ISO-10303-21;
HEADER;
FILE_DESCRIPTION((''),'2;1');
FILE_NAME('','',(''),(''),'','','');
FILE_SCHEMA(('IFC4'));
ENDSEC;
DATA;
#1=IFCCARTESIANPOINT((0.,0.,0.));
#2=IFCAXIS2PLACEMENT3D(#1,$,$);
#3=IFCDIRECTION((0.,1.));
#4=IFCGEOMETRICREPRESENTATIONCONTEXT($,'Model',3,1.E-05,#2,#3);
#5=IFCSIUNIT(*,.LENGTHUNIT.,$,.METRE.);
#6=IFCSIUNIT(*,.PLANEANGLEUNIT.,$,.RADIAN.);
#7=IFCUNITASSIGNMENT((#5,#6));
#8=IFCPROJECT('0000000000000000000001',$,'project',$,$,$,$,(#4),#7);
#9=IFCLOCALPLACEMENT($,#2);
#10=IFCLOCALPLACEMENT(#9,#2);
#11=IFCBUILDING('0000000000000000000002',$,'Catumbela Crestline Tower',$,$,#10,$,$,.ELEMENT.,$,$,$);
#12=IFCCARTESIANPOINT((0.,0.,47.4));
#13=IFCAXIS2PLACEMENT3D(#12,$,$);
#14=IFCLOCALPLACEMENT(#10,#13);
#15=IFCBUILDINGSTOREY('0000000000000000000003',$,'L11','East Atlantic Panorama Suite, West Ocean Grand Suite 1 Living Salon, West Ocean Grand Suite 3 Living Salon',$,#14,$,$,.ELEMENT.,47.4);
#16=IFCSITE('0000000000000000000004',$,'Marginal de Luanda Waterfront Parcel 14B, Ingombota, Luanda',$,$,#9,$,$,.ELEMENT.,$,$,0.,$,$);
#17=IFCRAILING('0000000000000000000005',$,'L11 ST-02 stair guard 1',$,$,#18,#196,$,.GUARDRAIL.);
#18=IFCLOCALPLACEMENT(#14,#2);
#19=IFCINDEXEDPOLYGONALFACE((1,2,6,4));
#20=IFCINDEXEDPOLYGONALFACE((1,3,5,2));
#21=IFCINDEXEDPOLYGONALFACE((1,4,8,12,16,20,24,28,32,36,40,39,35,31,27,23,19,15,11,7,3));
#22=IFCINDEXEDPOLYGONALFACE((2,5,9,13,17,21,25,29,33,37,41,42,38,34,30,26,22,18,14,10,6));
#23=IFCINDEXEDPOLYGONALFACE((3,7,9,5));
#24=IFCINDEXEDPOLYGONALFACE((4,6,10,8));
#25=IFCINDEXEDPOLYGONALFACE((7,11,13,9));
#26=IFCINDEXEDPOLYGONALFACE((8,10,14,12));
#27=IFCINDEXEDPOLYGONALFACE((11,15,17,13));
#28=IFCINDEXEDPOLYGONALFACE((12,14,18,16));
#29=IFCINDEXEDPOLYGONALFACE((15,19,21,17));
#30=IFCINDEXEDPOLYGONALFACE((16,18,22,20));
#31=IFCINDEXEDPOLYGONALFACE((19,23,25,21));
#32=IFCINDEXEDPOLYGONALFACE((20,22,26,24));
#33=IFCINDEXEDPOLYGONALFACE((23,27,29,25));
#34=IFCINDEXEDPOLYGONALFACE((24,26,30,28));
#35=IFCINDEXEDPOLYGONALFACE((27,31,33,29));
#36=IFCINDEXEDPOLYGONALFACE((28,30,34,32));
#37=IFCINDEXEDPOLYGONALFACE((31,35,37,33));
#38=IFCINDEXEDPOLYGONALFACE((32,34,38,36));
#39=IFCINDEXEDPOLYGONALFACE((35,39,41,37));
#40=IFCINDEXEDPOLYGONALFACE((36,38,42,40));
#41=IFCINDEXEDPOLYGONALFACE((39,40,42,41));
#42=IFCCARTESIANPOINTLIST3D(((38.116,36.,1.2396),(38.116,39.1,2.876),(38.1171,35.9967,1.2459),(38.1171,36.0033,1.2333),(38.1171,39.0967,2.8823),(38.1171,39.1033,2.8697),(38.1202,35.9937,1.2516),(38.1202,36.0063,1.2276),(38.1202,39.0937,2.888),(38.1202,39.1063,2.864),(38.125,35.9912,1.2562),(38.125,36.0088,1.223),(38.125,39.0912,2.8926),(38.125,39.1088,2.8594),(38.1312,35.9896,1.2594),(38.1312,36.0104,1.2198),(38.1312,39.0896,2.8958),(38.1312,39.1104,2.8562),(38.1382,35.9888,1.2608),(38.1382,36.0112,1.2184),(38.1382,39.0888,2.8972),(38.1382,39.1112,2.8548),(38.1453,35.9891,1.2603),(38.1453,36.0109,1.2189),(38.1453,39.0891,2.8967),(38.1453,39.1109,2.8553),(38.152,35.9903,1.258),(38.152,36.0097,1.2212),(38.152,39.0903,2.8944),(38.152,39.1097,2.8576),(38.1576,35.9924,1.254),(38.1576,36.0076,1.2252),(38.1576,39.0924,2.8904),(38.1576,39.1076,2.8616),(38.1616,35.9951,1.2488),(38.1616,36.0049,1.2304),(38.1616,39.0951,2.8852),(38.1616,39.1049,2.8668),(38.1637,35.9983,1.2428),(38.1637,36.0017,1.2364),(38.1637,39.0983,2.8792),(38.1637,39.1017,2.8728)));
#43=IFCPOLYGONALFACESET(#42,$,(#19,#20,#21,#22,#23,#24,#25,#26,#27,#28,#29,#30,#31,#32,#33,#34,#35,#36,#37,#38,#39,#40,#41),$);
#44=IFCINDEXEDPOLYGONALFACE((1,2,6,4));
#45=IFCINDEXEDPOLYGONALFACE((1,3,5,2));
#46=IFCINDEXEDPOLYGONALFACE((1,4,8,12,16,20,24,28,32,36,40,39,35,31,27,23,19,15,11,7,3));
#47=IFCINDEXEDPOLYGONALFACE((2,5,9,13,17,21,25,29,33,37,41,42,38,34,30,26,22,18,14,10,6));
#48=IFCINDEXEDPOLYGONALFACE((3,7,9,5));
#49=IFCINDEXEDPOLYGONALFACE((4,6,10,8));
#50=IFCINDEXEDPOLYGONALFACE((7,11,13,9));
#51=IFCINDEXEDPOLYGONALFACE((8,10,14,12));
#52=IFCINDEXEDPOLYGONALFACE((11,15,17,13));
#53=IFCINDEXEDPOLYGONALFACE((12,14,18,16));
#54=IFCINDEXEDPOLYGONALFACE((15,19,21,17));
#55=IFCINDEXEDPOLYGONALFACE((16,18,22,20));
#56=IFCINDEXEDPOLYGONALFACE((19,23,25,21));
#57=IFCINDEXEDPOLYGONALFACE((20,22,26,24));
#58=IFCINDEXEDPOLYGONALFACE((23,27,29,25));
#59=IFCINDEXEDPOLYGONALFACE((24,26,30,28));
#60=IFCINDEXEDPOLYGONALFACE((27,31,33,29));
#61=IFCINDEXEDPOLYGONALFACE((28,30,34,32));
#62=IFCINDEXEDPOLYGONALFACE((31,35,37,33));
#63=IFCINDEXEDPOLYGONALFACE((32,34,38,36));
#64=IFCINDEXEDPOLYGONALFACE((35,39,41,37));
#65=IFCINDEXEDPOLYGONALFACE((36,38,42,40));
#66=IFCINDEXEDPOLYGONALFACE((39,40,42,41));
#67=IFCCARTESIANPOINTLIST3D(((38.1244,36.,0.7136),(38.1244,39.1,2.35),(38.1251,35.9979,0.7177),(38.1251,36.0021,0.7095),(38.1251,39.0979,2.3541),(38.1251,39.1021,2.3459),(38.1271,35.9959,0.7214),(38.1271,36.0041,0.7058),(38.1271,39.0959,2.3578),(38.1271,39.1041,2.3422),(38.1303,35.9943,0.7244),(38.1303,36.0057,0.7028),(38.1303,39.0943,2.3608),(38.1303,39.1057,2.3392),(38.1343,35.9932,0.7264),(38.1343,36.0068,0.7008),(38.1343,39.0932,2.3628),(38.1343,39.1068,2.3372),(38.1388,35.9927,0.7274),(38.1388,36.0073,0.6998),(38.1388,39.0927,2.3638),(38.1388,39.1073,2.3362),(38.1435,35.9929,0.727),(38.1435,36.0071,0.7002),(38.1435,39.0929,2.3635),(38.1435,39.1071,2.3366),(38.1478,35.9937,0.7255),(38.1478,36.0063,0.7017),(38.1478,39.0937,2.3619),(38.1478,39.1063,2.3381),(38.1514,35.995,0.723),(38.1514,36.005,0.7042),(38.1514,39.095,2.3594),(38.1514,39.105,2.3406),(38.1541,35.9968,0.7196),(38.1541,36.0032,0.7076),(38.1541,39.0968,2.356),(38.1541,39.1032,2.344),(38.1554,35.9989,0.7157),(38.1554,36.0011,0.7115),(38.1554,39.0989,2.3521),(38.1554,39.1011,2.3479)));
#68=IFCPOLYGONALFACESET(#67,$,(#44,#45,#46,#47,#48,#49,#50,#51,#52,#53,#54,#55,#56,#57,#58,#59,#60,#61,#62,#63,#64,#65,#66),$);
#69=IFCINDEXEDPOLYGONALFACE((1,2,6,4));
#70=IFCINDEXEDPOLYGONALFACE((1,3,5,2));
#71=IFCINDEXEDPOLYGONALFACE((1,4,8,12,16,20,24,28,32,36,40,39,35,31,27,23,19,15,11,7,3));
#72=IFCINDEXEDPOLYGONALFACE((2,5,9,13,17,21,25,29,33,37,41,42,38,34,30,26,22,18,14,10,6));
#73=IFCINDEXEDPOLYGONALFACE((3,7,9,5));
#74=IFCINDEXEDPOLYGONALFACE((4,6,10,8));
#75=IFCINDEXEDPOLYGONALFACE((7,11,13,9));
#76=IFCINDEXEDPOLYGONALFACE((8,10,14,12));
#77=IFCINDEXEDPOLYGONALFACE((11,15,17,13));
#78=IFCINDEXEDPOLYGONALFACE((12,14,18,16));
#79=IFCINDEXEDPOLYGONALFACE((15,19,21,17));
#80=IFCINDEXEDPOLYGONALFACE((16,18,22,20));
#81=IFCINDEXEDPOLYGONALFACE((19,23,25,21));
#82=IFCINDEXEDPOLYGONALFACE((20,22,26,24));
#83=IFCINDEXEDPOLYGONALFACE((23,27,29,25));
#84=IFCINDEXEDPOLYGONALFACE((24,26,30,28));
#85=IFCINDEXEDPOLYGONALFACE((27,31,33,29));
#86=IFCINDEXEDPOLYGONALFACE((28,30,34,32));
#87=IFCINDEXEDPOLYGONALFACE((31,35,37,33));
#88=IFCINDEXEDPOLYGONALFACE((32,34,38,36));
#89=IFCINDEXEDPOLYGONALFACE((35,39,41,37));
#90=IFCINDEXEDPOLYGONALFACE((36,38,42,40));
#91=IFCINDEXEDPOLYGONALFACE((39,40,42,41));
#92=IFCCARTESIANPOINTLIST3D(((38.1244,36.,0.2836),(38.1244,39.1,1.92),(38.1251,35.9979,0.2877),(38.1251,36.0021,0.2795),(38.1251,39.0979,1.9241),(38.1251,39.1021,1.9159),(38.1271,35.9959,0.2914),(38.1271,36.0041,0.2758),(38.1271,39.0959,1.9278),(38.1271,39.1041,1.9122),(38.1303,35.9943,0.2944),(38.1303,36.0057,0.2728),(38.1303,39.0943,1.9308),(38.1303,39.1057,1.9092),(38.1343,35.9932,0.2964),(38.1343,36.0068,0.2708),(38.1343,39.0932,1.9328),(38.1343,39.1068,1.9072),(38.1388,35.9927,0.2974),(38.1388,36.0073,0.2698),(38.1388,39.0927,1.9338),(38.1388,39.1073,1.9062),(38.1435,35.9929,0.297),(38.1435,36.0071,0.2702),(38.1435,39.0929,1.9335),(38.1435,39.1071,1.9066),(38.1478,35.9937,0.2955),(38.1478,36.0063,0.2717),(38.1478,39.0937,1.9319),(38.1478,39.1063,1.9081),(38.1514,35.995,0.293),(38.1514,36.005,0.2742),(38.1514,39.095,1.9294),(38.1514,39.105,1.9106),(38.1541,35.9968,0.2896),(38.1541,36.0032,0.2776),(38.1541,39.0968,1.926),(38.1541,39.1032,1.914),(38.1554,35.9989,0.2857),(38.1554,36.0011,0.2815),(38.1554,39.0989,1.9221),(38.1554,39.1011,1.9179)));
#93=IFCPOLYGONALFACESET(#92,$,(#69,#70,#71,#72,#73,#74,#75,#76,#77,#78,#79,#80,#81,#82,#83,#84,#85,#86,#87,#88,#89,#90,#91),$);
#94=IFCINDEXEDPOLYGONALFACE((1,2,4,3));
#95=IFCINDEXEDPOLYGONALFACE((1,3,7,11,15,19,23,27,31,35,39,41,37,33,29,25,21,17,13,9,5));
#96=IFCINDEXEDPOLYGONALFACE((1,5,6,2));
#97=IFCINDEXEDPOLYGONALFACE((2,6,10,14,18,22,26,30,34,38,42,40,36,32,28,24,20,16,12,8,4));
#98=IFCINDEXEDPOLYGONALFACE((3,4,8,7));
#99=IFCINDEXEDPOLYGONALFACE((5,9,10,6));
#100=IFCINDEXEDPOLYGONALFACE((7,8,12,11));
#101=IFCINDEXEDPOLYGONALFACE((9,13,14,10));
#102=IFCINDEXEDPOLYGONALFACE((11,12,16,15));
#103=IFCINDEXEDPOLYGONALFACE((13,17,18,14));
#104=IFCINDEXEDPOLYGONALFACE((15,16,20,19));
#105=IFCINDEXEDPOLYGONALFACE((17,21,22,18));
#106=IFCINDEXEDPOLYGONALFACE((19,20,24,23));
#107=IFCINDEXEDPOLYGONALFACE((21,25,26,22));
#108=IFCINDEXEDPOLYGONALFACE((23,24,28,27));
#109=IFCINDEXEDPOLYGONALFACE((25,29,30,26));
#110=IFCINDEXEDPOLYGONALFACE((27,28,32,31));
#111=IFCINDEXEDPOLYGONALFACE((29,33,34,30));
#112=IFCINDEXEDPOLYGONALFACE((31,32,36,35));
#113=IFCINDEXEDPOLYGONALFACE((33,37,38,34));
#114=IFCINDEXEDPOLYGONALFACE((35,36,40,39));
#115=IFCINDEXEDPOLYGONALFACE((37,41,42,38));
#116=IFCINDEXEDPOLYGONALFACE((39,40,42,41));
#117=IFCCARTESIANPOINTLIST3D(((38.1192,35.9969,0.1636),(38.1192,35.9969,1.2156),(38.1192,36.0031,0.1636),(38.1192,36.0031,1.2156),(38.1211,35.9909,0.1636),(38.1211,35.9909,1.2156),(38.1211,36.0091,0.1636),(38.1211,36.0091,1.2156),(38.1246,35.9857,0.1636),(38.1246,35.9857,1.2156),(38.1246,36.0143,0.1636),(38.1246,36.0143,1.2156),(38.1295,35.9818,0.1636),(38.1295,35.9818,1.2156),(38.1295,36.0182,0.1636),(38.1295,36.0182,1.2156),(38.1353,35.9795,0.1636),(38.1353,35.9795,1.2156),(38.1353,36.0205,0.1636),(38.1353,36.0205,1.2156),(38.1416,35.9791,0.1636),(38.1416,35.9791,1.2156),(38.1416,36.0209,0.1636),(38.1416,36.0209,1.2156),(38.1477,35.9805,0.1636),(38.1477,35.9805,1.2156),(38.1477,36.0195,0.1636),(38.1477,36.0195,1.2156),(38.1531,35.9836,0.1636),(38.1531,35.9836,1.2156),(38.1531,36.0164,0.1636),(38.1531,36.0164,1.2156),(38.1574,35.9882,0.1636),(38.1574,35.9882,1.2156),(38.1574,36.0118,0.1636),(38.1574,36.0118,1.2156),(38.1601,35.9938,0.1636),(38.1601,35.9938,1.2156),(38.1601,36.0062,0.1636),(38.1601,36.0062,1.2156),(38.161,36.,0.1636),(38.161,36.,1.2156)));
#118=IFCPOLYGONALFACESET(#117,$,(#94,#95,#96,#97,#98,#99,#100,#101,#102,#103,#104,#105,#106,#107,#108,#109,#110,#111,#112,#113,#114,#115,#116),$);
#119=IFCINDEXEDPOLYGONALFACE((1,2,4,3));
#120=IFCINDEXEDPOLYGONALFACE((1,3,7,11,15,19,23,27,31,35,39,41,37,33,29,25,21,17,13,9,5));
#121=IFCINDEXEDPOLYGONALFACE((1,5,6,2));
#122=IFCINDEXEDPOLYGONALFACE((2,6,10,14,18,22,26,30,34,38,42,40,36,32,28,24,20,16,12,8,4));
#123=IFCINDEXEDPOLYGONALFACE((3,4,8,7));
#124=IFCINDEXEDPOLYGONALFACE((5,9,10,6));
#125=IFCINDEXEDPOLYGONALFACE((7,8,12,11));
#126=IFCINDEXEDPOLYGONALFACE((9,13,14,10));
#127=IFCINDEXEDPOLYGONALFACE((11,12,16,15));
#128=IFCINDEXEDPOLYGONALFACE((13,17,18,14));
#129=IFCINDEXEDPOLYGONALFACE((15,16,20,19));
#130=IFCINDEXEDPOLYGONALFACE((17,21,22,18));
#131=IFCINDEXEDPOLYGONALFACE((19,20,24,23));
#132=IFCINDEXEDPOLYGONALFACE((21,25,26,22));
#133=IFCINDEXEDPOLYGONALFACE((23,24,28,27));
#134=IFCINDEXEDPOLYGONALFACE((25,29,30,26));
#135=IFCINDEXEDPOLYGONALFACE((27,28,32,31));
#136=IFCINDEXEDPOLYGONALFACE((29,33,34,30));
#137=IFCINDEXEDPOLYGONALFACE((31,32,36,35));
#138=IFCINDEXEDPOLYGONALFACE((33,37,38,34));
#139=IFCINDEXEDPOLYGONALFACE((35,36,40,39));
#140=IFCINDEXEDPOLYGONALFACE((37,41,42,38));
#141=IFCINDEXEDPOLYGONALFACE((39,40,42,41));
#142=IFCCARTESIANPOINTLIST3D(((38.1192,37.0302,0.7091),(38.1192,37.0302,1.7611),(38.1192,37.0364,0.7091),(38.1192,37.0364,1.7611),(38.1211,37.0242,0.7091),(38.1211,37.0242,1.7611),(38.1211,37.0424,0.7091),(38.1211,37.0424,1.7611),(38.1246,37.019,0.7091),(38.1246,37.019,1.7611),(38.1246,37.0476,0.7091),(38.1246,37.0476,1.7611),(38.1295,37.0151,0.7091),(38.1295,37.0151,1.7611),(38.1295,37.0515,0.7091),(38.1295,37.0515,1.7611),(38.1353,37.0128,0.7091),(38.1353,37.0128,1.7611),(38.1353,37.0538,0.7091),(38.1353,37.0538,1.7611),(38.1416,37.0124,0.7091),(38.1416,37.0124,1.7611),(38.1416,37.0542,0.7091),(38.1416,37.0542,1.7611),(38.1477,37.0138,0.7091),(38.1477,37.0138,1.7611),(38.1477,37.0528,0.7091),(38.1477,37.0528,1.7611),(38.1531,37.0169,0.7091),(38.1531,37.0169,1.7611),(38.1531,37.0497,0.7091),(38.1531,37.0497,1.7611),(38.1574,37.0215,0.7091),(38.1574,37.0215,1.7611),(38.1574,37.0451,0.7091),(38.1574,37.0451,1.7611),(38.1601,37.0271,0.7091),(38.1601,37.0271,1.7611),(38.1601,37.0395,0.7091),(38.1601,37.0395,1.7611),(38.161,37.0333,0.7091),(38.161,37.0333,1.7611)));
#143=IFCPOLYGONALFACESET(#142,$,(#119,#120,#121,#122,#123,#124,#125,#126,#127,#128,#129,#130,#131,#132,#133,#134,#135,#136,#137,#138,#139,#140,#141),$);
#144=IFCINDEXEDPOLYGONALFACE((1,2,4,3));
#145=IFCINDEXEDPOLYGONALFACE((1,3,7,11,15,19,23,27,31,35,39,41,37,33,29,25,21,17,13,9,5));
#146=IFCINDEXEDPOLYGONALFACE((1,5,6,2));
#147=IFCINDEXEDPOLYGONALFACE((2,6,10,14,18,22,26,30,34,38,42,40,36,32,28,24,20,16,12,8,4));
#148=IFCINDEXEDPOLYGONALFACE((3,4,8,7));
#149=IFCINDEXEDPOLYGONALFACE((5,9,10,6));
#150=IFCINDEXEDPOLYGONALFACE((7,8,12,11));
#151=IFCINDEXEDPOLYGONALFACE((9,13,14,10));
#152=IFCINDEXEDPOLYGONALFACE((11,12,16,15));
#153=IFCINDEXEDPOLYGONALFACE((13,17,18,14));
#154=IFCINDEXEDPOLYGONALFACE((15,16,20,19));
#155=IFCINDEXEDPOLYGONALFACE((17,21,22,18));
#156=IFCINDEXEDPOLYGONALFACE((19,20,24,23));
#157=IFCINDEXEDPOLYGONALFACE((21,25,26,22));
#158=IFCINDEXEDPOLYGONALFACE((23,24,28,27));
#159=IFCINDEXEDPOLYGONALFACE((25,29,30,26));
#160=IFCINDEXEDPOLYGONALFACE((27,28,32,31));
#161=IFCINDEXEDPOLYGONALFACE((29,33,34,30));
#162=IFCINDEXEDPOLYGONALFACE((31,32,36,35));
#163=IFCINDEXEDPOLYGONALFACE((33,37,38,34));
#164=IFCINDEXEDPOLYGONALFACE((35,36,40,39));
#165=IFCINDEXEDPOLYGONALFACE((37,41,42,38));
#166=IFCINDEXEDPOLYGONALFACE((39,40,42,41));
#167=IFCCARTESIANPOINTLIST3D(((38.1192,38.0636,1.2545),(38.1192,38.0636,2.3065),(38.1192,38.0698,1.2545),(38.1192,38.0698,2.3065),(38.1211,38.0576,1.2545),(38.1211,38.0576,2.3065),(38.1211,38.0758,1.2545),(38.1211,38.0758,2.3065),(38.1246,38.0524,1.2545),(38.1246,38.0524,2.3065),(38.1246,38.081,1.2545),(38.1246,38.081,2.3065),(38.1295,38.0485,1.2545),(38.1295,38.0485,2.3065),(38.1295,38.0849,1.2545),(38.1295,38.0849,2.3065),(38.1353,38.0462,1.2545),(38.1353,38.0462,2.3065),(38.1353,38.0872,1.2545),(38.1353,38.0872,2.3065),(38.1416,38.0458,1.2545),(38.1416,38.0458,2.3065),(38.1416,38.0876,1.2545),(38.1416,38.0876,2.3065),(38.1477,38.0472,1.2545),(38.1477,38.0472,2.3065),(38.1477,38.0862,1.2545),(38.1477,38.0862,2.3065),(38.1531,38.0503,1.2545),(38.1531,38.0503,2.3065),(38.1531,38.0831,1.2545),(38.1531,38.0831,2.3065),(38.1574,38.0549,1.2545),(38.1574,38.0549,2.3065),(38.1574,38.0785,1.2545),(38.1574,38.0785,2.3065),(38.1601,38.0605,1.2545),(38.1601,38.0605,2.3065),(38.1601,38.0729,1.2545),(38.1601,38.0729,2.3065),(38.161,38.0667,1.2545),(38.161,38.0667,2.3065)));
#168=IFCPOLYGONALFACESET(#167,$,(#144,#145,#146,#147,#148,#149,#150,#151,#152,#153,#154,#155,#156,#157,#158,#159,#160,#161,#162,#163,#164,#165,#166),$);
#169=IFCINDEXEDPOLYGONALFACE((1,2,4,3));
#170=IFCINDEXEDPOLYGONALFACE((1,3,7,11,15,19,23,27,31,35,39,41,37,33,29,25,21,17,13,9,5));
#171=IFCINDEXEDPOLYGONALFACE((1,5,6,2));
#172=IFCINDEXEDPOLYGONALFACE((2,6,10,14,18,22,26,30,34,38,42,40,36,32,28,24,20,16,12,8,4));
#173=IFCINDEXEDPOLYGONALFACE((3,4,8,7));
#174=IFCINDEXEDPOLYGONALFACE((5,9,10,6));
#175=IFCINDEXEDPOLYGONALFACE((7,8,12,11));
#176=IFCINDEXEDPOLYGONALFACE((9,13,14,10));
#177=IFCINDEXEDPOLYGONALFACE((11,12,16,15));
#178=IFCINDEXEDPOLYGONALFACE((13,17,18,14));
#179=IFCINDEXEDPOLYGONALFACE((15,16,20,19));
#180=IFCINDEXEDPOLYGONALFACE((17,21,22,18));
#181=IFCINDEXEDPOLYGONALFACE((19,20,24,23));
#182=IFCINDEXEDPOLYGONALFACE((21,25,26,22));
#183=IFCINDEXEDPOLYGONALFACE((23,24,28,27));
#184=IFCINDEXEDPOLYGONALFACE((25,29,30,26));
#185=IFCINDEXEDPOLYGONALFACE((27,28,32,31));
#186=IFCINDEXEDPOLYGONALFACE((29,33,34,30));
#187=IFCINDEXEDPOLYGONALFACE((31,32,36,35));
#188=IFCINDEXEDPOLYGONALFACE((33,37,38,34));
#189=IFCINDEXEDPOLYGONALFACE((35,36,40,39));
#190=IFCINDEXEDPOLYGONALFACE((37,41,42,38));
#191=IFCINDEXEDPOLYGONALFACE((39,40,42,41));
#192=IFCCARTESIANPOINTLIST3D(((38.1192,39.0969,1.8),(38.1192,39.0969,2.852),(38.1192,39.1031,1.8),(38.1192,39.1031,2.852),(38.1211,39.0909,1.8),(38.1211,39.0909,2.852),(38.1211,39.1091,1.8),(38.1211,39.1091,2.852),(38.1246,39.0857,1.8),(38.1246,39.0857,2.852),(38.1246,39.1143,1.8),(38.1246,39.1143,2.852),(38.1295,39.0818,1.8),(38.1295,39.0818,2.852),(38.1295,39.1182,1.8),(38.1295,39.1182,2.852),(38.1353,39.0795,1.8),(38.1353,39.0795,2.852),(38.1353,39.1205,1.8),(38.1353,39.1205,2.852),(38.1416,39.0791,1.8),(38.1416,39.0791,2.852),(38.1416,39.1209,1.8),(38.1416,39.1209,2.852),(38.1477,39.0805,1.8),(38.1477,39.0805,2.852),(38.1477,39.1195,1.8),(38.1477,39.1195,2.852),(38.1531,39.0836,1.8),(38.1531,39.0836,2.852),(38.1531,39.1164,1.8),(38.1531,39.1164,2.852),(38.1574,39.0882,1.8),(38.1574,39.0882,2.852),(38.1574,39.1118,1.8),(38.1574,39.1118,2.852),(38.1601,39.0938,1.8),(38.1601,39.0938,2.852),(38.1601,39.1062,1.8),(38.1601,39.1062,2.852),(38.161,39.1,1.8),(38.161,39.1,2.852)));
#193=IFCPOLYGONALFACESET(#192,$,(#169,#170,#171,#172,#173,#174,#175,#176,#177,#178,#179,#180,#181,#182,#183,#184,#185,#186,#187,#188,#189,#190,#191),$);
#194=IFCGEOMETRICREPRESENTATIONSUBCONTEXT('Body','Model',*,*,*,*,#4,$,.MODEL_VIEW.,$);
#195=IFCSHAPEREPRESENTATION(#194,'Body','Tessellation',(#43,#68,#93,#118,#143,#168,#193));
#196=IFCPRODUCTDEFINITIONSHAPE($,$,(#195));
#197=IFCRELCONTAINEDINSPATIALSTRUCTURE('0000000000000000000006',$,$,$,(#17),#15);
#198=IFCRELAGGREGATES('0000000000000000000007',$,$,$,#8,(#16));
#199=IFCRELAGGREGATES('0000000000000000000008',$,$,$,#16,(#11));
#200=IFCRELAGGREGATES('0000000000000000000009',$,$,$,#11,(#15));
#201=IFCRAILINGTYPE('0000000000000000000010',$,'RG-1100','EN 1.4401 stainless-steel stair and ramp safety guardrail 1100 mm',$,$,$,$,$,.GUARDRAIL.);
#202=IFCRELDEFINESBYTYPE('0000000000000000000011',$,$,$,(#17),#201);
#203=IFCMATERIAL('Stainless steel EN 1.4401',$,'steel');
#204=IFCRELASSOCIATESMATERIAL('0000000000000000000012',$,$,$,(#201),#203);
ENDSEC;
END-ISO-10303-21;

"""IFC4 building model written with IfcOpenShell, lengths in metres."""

from ifc_helpers import new_model, si_unit, direction, frame, origin, origin_2d, place, context, subcontext, project, spatial, circle, extrude, material, type_object, element, save


model = new_model("IFC4")

# Units and contexts
model_context = context("Model", 3, precision=1e-05, world=origin(), true_north=direction((0.0, 1.0)))
body_context = subcontext(model_context, "Body", "Model", "MODEL_VIEW")
ifc_project = project(units=[si_unit("LENGTHUNIT", "METRE"), si_unit("PLANEANGLEUNIT", "RADIAN")], contexts=[model_context])

# Site, building, storey
site_placement = place(None, origin())
site = spatial("IfcSite", under=ifc_project, at=site_placement, Name="Marginal de Luanda Waterfront Parcel 14B, Ingombota, Luanda", CompositionType="ELEMENT", RefElevation=0.0)
building_placement = place(site_placement, origin())
building = spatial("IfcBuilding", under=site, at=building_placement, Name="Catumbela Crestline Tower", CompositionType="ELEMENT")
storey_placement = place(building_placement, frame((0.0, 0.0, 47.4)))
storey = spatial("IfcBuildingStorey", under=building, at=storey_placement, Name="L11", Description="East Atlantic Panorama Suite, West Ocean Grand Suite 1 Living Salon, West Ocean Grand Suite 3 Living Salon", CompositionType="ELEMENT", Elevation=47.4)

# Shared definitions
ifc_material_1 = material(Name="Stainless steel EN 1.4401", Category="steel")

# Railing
railing_type_1 = type_object("IfcRailingType", Name="RG-1100", Description="EN 1.4401 stainless-steel stair and ramp safety guardrail 1100 mm", PredefinedType="GUARDRAIL", material=ifc_material_1)
railing_1_placement = place(storey_placement, frame((38.14, 36.0, 0.1636)))
element("IfcRailing", 1, at=railing_1_placement, inside=storey, type_object=railing_type_1, Name="L11 ST-02 stair guard 1", PredefinedType="GUARDRAIL", context=body_context, shape_type="SweptSolid", body=[
    extrude(circle(Radius=0.024, at=origin_2d()), frame((0.0, 0.0, 1.076), z_axis=(0.0, 0.884351, 0.466823), x_axis=(-1.0, 0.0, 0.0)), (0.0, 0.0, 1.0), 3.5054),
    extrude(circle(Radius=0.0156, at=origin_2d()), frame((0.0, 0.0, 0.55), z_axis=(0.0, 0.884351, 0.466823), x_axis=(-1.0, 0.0, 0.0)), (0.0, 0.0, 1.0), 3.5054),
    extrude(circle(Radius=0.0156, at=origin_2d()), frame((0.0, 0.0, 0.12), z_axis=(0.0, 0.884351, 0.466823), x_axis=(-1.0, 0.0, 0.0)), (0.0, 0.0, 1.0), 3.5054),
    extrude(circle(Radius=0.021, at=origin_2d()), origin(), (0.0, 0.0, 1.0), 1.052),
    extrude(circle(Radius=0.021, at=origin_2d()), frame((0.0, 1.0333, 0.5455)), (0.0, 0.0, 1.0), 1.052),
    extrude(circle(Radius=0.021, at=origin_2d()), frame((0.0, 2.0667, 1.0909)), (0.0, 0.0, 1.0), 1.052),
    extrude(circle(Radius=0.021, at=origin_2d()), frame((0.0, 3.1, 1.6364)), (0.0, 0.0, 1.0), 1.052),
])

save(model, "model.ifc")
